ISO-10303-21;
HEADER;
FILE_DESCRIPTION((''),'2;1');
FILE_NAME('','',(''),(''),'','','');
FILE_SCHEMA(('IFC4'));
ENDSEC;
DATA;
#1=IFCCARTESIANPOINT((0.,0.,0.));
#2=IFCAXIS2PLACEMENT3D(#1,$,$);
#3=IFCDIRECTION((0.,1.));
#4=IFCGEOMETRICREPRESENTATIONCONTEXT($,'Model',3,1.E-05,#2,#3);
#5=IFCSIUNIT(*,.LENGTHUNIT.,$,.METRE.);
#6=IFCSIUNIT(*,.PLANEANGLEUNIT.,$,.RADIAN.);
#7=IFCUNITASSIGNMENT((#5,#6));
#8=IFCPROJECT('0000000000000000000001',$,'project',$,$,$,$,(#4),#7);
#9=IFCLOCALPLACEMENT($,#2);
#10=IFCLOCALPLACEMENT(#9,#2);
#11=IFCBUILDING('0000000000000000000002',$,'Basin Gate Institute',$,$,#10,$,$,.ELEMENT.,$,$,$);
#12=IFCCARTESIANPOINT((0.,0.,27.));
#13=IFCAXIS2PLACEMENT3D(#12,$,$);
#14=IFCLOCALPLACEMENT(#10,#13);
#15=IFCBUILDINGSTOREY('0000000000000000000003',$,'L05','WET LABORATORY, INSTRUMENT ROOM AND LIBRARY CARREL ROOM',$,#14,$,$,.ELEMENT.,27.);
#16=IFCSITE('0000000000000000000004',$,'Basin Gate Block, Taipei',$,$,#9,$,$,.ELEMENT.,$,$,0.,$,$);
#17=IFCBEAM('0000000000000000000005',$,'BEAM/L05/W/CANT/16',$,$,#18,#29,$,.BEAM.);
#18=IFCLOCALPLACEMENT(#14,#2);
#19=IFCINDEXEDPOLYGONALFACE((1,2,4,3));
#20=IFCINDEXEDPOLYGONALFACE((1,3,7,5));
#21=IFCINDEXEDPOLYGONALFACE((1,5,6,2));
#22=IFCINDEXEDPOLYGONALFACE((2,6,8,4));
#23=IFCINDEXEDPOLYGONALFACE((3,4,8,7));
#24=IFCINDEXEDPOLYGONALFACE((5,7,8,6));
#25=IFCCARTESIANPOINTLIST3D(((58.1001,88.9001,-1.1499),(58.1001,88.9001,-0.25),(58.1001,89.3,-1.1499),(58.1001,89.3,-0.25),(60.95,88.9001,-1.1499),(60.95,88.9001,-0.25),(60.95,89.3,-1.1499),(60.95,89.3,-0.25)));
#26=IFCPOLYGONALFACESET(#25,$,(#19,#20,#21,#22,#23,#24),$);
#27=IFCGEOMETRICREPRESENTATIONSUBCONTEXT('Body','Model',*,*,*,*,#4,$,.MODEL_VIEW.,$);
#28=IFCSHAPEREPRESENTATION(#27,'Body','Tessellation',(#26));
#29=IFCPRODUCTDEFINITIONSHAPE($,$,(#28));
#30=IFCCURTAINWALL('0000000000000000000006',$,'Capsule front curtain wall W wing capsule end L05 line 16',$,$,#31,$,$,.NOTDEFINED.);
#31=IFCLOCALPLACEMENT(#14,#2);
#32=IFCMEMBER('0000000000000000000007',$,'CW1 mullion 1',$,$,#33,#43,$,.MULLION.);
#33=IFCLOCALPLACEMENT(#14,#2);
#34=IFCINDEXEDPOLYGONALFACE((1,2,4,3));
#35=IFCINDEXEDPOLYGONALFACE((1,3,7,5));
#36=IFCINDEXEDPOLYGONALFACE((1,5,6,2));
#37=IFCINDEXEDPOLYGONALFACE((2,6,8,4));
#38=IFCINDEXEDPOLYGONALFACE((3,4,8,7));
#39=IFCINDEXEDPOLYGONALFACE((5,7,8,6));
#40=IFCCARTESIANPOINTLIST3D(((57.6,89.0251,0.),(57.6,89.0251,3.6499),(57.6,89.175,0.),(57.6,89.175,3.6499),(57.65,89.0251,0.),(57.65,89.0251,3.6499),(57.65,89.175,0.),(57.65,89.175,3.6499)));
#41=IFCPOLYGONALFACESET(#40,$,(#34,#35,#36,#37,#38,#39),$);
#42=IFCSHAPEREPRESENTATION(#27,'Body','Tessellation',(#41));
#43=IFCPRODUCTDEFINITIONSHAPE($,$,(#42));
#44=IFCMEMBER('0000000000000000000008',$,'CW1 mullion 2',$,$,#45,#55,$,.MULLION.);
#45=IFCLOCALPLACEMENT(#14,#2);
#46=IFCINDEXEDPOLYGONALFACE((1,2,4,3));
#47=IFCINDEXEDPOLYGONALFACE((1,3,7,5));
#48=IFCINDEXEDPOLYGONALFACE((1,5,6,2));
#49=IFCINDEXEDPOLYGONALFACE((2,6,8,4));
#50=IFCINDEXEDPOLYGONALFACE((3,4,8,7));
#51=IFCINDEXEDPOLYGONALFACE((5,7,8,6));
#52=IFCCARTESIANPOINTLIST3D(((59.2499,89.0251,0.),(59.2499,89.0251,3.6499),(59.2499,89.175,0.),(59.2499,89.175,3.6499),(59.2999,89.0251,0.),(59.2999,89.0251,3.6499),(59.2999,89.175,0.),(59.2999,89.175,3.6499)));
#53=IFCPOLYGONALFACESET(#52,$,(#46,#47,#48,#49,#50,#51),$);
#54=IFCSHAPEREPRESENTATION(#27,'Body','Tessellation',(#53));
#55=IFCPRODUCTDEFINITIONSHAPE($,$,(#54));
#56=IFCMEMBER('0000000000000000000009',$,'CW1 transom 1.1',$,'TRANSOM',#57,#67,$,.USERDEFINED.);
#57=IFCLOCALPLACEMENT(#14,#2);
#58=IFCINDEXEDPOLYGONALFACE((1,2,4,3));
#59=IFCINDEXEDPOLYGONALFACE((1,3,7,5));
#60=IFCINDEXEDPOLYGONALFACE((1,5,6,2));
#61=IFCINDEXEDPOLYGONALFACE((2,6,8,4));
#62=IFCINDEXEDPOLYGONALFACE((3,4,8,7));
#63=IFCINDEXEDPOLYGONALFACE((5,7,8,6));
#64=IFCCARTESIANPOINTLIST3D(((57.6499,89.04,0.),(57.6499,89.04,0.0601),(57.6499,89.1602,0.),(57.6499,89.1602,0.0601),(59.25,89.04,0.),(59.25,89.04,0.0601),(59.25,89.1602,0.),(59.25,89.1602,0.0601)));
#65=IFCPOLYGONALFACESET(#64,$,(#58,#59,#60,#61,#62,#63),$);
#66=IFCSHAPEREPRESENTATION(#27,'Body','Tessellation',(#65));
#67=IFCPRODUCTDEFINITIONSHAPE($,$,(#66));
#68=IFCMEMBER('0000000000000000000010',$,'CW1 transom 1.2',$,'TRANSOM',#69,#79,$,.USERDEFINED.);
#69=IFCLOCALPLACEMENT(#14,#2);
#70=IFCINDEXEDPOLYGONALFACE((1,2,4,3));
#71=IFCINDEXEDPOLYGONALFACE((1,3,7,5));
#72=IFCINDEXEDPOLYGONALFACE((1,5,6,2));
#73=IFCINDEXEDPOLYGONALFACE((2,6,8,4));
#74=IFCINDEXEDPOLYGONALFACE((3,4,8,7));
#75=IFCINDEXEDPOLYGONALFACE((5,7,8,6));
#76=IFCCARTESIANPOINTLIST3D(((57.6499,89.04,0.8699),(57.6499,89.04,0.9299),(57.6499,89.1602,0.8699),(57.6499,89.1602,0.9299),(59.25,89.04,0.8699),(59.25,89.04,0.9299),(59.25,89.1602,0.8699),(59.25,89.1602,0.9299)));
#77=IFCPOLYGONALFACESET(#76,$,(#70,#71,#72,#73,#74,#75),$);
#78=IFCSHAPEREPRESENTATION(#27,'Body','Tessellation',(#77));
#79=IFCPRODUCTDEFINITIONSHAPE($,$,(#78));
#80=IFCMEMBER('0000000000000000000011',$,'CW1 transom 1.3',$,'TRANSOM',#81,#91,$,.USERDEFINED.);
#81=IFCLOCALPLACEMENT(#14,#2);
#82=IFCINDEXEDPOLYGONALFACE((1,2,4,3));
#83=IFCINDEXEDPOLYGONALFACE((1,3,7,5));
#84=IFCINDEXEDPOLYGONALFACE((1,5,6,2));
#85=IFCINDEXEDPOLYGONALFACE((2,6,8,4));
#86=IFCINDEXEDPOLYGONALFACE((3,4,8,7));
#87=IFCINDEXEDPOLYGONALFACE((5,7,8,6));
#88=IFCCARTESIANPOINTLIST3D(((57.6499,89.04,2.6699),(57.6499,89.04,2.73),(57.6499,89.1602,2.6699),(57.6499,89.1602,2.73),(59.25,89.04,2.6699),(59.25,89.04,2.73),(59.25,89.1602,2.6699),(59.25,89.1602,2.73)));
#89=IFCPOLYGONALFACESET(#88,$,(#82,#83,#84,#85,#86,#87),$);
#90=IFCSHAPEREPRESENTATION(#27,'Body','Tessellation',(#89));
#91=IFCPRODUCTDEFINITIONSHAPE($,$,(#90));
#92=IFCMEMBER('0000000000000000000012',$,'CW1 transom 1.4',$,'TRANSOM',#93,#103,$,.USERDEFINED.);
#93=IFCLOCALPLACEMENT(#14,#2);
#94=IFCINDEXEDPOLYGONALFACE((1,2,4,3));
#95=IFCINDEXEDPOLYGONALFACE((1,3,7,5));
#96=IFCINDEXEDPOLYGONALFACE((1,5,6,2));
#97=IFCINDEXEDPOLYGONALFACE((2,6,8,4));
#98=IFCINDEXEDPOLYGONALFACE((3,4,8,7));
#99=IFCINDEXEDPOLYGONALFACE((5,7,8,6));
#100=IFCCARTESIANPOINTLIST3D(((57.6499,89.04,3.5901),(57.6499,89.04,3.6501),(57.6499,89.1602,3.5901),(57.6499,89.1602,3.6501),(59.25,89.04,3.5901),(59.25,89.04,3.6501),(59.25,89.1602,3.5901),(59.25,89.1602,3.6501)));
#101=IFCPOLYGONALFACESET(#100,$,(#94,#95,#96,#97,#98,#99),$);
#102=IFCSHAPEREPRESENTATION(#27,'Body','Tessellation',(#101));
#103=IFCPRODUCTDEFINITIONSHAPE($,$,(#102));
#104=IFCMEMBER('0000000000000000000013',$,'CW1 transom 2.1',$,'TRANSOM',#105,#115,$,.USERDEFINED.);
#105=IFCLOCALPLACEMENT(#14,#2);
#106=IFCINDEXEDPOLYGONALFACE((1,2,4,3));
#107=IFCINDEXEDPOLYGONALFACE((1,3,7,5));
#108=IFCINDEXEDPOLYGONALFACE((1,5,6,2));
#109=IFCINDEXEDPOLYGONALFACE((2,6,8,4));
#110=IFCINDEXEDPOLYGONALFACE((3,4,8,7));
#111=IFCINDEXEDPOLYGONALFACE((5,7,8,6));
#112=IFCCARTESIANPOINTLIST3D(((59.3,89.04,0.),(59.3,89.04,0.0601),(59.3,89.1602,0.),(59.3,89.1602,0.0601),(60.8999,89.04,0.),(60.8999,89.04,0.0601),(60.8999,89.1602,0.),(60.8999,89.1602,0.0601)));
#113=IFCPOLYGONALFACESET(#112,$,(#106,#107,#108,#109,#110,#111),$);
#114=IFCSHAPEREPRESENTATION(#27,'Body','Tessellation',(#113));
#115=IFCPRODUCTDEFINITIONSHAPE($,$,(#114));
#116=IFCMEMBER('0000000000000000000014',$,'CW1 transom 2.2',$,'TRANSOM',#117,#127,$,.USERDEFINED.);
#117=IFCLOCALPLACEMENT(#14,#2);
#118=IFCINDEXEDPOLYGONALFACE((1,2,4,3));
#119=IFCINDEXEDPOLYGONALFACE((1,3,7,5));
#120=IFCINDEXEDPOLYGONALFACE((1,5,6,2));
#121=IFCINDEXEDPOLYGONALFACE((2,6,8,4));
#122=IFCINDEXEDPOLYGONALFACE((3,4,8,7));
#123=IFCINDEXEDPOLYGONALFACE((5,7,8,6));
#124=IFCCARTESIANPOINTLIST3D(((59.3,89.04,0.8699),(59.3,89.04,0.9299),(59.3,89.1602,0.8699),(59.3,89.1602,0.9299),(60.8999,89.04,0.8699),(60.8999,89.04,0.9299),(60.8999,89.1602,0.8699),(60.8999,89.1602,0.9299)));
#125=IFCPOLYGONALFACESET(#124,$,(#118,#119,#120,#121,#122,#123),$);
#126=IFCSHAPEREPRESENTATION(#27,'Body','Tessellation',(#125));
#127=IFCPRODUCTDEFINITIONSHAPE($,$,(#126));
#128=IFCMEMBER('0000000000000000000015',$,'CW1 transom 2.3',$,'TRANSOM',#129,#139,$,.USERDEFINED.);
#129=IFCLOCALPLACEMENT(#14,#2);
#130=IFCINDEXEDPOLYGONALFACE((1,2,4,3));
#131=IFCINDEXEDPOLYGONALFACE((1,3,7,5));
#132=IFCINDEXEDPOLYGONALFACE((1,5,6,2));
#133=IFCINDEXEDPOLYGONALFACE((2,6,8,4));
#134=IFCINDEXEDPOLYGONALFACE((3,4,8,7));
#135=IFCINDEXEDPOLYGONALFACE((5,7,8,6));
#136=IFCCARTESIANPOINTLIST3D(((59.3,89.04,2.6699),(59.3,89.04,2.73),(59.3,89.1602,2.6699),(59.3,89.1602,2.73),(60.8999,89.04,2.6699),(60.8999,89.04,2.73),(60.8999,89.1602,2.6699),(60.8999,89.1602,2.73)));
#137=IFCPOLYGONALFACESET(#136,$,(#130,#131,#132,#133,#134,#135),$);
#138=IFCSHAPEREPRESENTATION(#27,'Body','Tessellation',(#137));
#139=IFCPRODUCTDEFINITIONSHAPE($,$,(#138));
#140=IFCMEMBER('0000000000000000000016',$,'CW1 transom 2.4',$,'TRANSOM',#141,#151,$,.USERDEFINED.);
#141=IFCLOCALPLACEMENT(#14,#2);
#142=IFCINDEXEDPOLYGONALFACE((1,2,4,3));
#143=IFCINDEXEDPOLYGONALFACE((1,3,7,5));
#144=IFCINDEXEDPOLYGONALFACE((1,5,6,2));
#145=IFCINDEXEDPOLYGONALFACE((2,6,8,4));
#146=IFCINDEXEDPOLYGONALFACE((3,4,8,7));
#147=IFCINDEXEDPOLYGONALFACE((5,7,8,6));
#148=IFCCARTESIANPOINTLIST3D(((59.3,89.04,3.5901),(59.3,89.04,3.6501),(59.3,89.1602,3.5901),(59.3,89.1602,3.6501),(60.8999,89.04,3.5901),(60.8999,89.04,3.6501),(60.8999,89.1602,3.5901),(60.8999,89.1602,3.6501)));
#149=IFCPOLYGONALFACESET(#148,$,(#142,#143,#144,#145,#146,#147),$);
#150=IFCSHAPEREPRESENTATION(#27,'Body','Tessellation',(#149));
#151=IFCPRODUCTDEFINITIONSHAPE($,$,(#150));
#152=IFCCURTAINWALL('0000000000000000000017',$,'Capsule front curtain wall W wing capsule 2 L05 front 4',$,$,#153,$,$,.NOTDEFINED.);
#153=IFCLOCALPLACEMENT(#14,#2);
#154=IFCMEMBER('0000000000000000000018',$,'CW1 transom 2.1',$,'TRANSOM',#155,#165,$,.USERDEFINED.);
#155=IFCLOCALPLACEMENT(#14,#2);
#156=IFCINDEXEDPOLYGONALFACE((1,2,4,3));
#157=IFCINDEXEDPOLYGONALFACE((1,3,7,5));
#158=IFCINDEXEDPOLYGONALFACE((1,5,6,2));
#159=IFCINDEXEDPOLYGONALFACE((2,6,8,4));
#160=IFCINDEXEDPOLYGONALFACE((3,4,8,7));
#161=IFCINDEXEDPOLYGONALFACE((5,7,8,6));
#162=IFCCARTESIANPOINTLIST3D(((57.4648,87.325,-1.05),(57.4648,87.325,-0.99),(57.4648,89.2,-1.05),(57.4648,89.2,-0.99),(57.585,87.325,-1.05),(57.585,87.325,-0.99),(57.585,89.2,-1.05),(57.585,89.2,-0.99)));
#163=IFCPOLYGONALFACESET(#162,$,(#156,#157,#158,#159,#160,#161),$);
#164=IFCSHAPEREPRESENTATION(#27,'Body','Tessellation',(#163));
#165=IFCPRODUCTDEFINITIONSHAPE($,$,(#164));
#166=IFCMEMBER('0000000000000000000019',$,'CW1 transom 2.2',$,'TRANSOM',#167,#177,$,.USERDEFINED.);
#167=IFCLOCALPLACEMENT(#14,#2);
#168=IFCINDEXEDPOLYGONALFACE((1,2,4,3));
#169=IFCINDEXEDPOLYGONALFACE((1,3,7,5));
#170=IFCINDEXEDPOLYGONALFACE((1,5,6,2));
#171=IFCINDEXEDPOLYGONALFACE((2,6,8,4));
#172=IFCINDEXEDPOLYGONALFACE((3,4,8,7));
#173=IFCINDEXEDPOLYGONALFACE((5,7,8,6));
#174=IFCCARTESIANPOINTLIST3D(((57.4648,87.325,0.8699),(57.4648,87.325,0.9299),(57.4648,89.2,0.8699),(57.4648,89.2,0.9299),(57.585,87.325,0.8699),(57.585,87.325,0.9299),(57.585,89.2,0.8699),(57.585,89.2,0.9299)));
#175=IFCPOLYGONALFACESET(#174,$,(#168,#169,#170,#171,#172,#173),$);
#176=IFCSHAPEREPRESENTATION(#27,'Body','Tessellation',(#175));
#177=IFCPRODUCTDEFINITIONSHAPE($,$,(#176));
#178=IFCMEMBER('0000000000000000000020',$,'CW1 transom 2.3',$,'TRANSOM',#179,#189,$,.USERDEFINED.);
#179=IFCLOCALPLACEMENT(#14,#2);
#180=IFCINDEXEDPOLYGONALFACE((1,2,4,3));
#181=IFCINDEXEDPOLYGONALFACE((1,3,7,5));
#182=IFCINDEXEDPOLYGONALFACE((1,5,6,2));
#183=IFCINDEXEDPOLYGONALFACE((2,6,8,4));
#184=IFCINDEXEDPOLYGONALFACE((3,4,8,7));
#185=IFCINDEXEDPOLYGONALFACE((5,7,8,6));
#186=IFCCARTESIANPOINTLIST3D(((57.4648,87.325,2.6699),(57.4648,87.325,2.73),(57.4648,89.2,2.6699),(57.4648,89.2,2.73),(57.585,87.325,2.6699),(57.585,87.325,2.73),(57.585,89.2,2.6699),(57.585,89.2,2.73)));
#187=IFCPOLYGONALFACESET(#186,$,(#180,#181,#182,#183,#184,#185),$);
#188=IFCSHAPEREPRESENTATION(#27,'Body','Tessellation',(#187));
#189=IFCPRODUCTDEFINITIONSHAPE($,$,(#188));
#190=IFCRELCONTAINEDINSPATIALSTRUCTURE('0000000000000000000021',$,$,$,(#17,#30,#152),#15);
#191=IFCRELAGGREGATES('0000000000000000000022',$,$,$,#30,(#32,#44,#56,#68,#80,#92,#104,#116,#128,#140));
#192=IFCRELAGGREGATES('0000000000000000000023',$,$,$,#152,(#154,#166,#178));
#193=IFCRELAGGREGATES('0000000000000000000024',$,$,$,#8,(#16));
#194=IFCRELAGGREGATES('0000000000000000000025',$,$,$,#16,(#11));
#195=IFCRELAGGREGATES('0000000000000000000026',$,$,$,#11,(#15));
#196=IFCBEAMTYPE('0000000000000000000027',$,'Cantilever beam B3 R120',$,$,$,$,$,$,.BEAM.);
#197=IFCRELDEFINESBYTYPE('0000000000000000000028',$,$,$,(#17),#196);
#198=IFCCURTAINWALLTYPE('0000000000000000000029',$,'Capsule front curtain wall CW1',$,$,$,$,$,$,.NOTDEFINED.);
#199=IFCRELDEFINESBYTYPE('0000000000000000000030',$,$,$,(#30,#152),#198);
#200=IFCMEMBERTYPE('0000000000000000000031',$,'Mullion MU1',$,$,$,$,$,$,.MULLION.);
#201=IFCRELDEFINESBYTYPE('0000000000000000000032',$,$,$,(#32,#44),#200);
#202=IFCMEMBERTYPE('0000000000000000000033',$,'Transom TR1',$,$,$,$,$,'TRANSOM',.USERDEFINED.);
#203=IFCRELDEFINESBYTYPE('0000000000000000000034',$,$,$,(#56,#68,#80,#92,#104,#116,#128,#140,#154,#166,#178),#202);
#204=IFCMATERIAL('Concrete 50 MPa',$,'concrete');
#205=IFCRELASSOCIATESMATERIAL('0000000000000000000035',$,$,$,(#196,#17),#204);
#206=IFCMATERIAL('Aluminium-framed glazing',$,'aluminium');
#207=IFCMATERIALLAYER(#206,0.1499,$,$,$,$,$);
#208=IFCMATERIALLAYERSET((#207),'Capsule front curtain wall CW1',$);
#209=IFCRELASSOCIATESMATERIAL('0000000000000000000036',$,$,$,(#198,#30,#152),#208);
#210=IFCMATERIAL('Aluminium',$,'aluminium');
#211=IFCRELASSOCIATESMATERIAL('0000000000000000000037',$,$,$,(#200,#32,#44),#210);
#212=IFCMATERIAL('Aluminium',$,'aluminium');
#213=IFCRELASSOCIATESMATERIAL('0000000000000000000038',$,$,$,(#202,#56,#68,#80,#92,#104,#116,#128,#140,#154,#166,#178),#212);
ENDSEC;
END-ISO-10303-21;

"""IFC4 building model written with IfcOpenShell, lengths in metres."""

from ifc_helpers import new_model, si_unit, direction, frame, origin, origin_2d, place, context, subcontext, project, spatial, rectangle, extrude, material, layer, layer_set, material_profile, profile_set, type_object, element, aggregate, save


model = new_model("IFC4")

# Units and contexts
model_context = context("Model", 3, precision=1e-05, world=origin(), true_north=direction((0.0, 1.0)))
body_context = subcontext(model_context, "Body", "Model", "MODEL_VIEW")
ifc_project = project(units=[si_unit("LENGTHUNIT", "METRE"), si_unit("PLANEANGLEUNIT", "RADIAN")], contexts=[model_context])

# Site, building, storey
site_placement = place(None, origin())
site = spatial("IfcSite", under=ifc_project, at=site_placement, Name="Basin Gate Block, Taipei", CompositionType="ELEMENT", RefElevation=0.0)
building_placement = place(site_placement, origin())
building = spatial("IfcBuilding", under=site, at=building_placement, Name="Basin Gate Institute", CompositionType="ELEMENT")
storey_placement = place(building_placement, frame((0.0, 0.0, 27.0)))
storey = spatial("IfcBuildingStorey", under=building, at=storey_placement, Name="L05", Description="WET LABORATORY, INSTRUMENT ROOM AND LIBRARY CARREL ROOM", CompositionType="ELEMENT", Elevation=27.0)

# Beam
ifc_material_1 = material(Name="Concrete 50 MPa", Category="concrete")
ifc_material_profile_1 = material_profile(ifc_material_1, rectangle(XDim=0.3999, YDim=0.8999, at=origin_2d()), Name="Cantilever beam B3 400 x 900")
ifc_profile_set_1 = profile_set([ifc_material_profile_1], Name="Concrete 50 MPa")
beam_type = type_object("IfcBeamType", Name="Cantilever beam B3 R120", PredefinedType="BEAM", material=ifc_profile_set_1)
beam_placement = place(storey_placement, frame((58.1001, 89.1001, -0.7), z_axis=(1.0, 0.0, 0.0), x_axis=(0.0, 1.0, 0.0)))
element("IfcBeam", 1, at=beam_placement, inside=storey, type_object=beam_type, material=ifc_profile_set_1, Name="BEAM/L05/W/CANT/16", PredefinedType="BEAM", context=body_context, shape_type="SweptSolid", body=[
    extrude(rectangle(XDim=0.3999, YDim=0.8999, at=origin_2d()), origin(), (0.0, 0.0, 1.0), 2.8499),
])

# Curtain walls, members
ifc_material_2 = material(Name="Aluminium-framed glazing", Category="aluminium")
ifc_layer_1 = layer(ifc_material_2, 0.1499)
ifc_layer_set_1 = layer_set([ifc_layer_1], Name="Capsule front curtain wall CW1")
curtain_wall_type = type_object("IfcCurtainWallType", Name="Capsule front curtain wall CW1", PredefinedType="NOTDEFINED", material=ifc_layer_set_1)
curtain_wall_1_placement = place(storey_placement, origin())
curtain_wall_1 = element("IfcCurtainWall", 2, at=curtain_wall_1_placement, inside=storey, type_object=curtain_wall_type, material=ifc_layer_set_1, Name="Capsule front curtain wall W wing capsule end L05 line 16", PredefinedType="NOTDEFINED")
ifc_material_3 = material(Name="Aluminium", Category="aluminium")
ifc_material_profile_2 = material_profile(ifc_material_3, rectangle(XDim=0.1499, YDim=0.05, at=origin_2d()), Name="Mullion MU1 150 x 50")
ifc_profile_set_2 = profile_set([ifc_material_profile_2], Name="Aluminium")
member_type_1 = type_object("IfcMemberType", Name="Mullion MU1", PredefinedType="MULLION", material=ifc_profile_set_2)
member_1_placement = place(storey_placement, frame((57.625, 89.1001, 0.0), z_axis=(0.0, 0.0, 1.0), x_axis=(0.0, 1.0, 0.0)))
member_1 = element("IfcMember", 3, at=member_1_placement, type_object=member_type_1, material=ifc_profile_set_2, Name="CW1 mullion 1", PredefinedType="MULLION", context=body_context, shape_type="SweptSolid", body=[
    extrude(rectangle(XDim=0.1499, YDim=0.05, at=origin_2d()), origin(), (0.0, 0.0, 1.0), 3.6499),
])
member_2_placement = place(storey_placement, frame((59.2749, 89.1001, 0.0), z_axis=(0.0, 0.0, 1.0), x_axis=(0.0, 1.0, 0.0)))
member_2 = element("IfcMember", 4, at=member_2_placement, type_object=member_type_1, material=ifc_profile_set_2, Name="CW1 mullion 2", PredefinedType="MULLION", context=body_context, shape_type="SweptSolid", body=[
    extrude(rectangle(XDim=0.1499, YDim=0.05, at=origin_2d()), origin(), (0.0, 0.0, 1.0), 3.6499),
])
ifc_material_4 = material(Name="Aluminium", Category="aluminium")
ifc_material_profile_3 = material_profile(ifc_material_4, rectangle(XDim=0.1201, YDim=0.0601, at=origin_2d()), Name="Transom TR1 120 x 60")
ifc_profile_set_3 = profile_set([ifc_material_profile_3], Name="Aluminium")
member_type_2 = type_object("IfcMemberType", Name="Transom TR1", ElementType="TRANSOM", PredefinedType="USERDEFINED", material=ifc_profile_set_3)
member_3_placement = place(storey_placement, frame((57.6499, 89.1001, 0.03), z_axis=(1.0, 0.0, 0.0), x_axis=(0.0, 1.0, 0.0)))
member_3 = element("IfcMember", 5, at=member_3_placement, type_object=member_type_2, material=ifc_profile_set_3, Name="CW1 transom 1.1", ObjectType="TRANSOM", PredefinedType="USERDEFINED", context=body_context, shape_type="SweptSolid", body=[
    extrude(rectangle(XDim=0.1201, YDim=0.0601, at=origin_2d()), origin(), (0.0, 0.0, 1.0), 1.6001),
])
member_4_placement = place(storey_placement, frame((57.6499, 89.1001, 0.8999), z_axis=(1.0, 0.0, 0.0), x_axis=(0.0, 1.0, 0.0)))
member_4 = element("IfcMember", 6, at=member_4_placement, type_object=member_type_2, material=ifc_profile_set_3, Name="CW1 transom 1.2", ObjectType="TRANSOM", PredefinedType="USERDEFINED", context=body_context, shape_type="SweptSolid", body=[
    extrude(rectangle(XDim=0.1201, YDim=0.0601, at=origin_2d()), origin(), (0.0, 0.0, 1.0), 1.6001),
])
member_5_placement = place(storey_placement, frame((57.6499, 89.1001, 2.7), z_axis=(1.0, 0.0, 0.0), x_axis=(0.0, 1.0, 0.0)))
member_5 = element("IfcMember", 7, at=member_5_placement, type_object=member_type_2, material=ifc_profile_set_3, Name="CW1 transom 1.3", ObjectType="TRANSOM", PredefinedType="USERDEFINED", context=body_context, shape_type="SweptSolid", body=[
    extrude(rectangle(XDim=0.1201, YDim=0.0601, at=origin_2d()), origin(), (0.0, 0.0, 1.0), 1.6001),
])
member_6_placement = place(storey_placement, frame((57.6499, 89.1001, 3.6201), z_axis=(1.0, 0.0, 0.0), x_axis=(0.0, 1.0, 0.0)))
member_6 = element("IfcMember", 8, at=member_6_placement, type_object=member_type_2, material=ifc_profile_set_3, Name="CW1 transom 1.4", ObjectType="TRANSOM", PredefinedType="USERDEFINED", context=body_context, shape_type="SweptSolid", body=[
    extrude(rectangle(XDim=0.1201, YDim=0.0601, at=origin_2d()), origin(), (0.0, 0.0, 1.0), 1.6001),
])
member_7_placement = place(storey_placement, frame((59.3, 89.1001, 0.03), z_axis=(1.0, 0.0, 0.0), x_axis=(0.0, 1.0, 0.0)))
member_7 = element("IfcMember", 9, at=member_7_placement, type_object=member_type_2, material=ifc_profile_set_3, Name="CW1 transom 2.1", ObjectType="TRANSOM", PredefinedType="USERDEFINED", context=body_context, shape_type="SweptSolid", body=[
    extrude(rectangle(XDim=0.1201, YDim=0.0601, at=origin_2d()), origin(), (0.0, 0.0, 1.0), 1.5999),
])
member_8_placement = place(storey_placement, frame((59.3, 89.1001, 0.8999), z_axis=(1.0, 0.0, 0.0), x_axis=(0.0, 1.0, 0.0)))
member_8 = element("IfcMember", 10, at=member_8_placement, type_object=member_type_2, material=ifc_profile_set_3, Name="CW1 transom 2.2", ObjectType="TRANSOM", PredefinedType="USERDEFINED", context=body_context, shape_type="SweptSolid", body=[
    extrude(rectangle(XDim=0.1201, YDim=0.0601, at=origin_2d()), origin(), (0.0, 0.0, 1.0), 1.5999),
])
member_9_placement = place(storey_placement, frame((59.3, 89.1001, 2.7), z_axis=(1.0, 0.0, 0.0), x_axis=(0.0, 1.0, 0.0)))
member_9 = element("IfcMember", 11, at=member_9_placement, type_object=member_type_2, material=ifc_profile_set_3, Name="CW1 transom 2.3", ObjectType="TRANSOM", PredefinedType="USERDEFINED", context=body_context, shape_type="SweptSolid", body=[
    extrude(rectangle(XDim=0.1201, YDim=0.0601, at=origin_2d()), origin(), (0.0, 0.0, 1.0), 1.5999),
])
member_10_placement = place(storey_placement, frame((59.3, 89.1001, 3.6201), z_axis=(1.0, 0.0, 0.0), x_axis=(0.0, 1.0, 0.0)))
member_10 = element("IfcMember", 12, at=member_10_placement, type_object=member_type_2, material=ifc_profile_set_3, Name="CW1 transom 2.4", ObjectType="TRANSOM", PredefinedType="USERDEFINED", context=body_context, shape_type="SweptSolid", body=[
    extrude(rectangle(XDim=0.1201, YDim=0.0601, at=origin_2d()), origin(), (0.0, 0.0, 1.0), 1.5999),
])
curtain_wall_2_placement = place(storey_placement, origin())
curtain_wall_2 = element("IfcCurtainWall", 13, at=curtain_wall_2_placement, inside=storey, type_object=curtain_wall_type, material=ifc_layer_set_1, Name="Capsule front curtain wall W wing capsule 2 L05 front 4", PredefinedType="NOTDEFINED")
member_11_placement = place(storey_placement, frame((57.5249, 87.325, -1.02), z_axis=(0.0, 1.0, 0.0), x_axis=(-1.0, 0.0, 0.0)))
member_11 = element("IfcMember", 14, at=member_11_placement, type_object=member_type_2, material=ifc_profile_set_3, Name="CW1 transom 2.1", ObjectType="TRANSOM", PredefinedType="USERDEFINED", context=body_context, shape_type="SweptSolid", body=[
    extrude(rectangle(XDim=0.1201, YDim=0.0601, at=origin_2d()), origin(), (0.0, 0.0, 1.0), 1.875),
])
member_12_placement = place(storey_placement, frame((57.5249, 87.325, 0.8999), z_axis=(0.0, 1.0, 0.0), x_axis=(-1.0, 0.0, 0.0)))
member_12 = element("IfcMember", 15, at=member_12_placement, type_object=member_type_2, material=ifc_profile_set_3, Name="CW1 transom 2.2", ObjectType="TRANSOM", PredefinedType="USERDEFINED", context=body_context, shape_type="SweptSolid", body=[
    extrude(rectangle(XDim=0.1201, YDim=0.0601, at=origin_2d()), origin(), (0.0, 0.0, 1.0), 1.875),
])
member_13_placement = place(storey_placement, frame((57.5249, 87.325, 2.7), z_axis=(0.0, 1.0, 0.0), x_axis=(-1.0, 0.0, 0.0)))
member_13 = element("IfcMember", 16, at=member_13_placement, type_object=member_type_2, material=ifc_profile_set_3, Name="CW1 transom 2.3", ObjectType="TRANSOM", PredefinedType="USERDEFINED", context=body_context, shape_type="SweptSolid", body=[
    extrude(rectangle(XDim=0.1201, YDim=0.0601, at=origin_2d()), origin(), (0.0, 0.0, 1.0), 1.875),
])

aggregate(curtain_wall_1, [member_1, member_2, member_3, member_4, member_5, member_6, member_7, member_8, member_9, member_10])
aggregate(curtain_wall_2, [member_11, member_12, member_13])

save(model, "model.ifc")
